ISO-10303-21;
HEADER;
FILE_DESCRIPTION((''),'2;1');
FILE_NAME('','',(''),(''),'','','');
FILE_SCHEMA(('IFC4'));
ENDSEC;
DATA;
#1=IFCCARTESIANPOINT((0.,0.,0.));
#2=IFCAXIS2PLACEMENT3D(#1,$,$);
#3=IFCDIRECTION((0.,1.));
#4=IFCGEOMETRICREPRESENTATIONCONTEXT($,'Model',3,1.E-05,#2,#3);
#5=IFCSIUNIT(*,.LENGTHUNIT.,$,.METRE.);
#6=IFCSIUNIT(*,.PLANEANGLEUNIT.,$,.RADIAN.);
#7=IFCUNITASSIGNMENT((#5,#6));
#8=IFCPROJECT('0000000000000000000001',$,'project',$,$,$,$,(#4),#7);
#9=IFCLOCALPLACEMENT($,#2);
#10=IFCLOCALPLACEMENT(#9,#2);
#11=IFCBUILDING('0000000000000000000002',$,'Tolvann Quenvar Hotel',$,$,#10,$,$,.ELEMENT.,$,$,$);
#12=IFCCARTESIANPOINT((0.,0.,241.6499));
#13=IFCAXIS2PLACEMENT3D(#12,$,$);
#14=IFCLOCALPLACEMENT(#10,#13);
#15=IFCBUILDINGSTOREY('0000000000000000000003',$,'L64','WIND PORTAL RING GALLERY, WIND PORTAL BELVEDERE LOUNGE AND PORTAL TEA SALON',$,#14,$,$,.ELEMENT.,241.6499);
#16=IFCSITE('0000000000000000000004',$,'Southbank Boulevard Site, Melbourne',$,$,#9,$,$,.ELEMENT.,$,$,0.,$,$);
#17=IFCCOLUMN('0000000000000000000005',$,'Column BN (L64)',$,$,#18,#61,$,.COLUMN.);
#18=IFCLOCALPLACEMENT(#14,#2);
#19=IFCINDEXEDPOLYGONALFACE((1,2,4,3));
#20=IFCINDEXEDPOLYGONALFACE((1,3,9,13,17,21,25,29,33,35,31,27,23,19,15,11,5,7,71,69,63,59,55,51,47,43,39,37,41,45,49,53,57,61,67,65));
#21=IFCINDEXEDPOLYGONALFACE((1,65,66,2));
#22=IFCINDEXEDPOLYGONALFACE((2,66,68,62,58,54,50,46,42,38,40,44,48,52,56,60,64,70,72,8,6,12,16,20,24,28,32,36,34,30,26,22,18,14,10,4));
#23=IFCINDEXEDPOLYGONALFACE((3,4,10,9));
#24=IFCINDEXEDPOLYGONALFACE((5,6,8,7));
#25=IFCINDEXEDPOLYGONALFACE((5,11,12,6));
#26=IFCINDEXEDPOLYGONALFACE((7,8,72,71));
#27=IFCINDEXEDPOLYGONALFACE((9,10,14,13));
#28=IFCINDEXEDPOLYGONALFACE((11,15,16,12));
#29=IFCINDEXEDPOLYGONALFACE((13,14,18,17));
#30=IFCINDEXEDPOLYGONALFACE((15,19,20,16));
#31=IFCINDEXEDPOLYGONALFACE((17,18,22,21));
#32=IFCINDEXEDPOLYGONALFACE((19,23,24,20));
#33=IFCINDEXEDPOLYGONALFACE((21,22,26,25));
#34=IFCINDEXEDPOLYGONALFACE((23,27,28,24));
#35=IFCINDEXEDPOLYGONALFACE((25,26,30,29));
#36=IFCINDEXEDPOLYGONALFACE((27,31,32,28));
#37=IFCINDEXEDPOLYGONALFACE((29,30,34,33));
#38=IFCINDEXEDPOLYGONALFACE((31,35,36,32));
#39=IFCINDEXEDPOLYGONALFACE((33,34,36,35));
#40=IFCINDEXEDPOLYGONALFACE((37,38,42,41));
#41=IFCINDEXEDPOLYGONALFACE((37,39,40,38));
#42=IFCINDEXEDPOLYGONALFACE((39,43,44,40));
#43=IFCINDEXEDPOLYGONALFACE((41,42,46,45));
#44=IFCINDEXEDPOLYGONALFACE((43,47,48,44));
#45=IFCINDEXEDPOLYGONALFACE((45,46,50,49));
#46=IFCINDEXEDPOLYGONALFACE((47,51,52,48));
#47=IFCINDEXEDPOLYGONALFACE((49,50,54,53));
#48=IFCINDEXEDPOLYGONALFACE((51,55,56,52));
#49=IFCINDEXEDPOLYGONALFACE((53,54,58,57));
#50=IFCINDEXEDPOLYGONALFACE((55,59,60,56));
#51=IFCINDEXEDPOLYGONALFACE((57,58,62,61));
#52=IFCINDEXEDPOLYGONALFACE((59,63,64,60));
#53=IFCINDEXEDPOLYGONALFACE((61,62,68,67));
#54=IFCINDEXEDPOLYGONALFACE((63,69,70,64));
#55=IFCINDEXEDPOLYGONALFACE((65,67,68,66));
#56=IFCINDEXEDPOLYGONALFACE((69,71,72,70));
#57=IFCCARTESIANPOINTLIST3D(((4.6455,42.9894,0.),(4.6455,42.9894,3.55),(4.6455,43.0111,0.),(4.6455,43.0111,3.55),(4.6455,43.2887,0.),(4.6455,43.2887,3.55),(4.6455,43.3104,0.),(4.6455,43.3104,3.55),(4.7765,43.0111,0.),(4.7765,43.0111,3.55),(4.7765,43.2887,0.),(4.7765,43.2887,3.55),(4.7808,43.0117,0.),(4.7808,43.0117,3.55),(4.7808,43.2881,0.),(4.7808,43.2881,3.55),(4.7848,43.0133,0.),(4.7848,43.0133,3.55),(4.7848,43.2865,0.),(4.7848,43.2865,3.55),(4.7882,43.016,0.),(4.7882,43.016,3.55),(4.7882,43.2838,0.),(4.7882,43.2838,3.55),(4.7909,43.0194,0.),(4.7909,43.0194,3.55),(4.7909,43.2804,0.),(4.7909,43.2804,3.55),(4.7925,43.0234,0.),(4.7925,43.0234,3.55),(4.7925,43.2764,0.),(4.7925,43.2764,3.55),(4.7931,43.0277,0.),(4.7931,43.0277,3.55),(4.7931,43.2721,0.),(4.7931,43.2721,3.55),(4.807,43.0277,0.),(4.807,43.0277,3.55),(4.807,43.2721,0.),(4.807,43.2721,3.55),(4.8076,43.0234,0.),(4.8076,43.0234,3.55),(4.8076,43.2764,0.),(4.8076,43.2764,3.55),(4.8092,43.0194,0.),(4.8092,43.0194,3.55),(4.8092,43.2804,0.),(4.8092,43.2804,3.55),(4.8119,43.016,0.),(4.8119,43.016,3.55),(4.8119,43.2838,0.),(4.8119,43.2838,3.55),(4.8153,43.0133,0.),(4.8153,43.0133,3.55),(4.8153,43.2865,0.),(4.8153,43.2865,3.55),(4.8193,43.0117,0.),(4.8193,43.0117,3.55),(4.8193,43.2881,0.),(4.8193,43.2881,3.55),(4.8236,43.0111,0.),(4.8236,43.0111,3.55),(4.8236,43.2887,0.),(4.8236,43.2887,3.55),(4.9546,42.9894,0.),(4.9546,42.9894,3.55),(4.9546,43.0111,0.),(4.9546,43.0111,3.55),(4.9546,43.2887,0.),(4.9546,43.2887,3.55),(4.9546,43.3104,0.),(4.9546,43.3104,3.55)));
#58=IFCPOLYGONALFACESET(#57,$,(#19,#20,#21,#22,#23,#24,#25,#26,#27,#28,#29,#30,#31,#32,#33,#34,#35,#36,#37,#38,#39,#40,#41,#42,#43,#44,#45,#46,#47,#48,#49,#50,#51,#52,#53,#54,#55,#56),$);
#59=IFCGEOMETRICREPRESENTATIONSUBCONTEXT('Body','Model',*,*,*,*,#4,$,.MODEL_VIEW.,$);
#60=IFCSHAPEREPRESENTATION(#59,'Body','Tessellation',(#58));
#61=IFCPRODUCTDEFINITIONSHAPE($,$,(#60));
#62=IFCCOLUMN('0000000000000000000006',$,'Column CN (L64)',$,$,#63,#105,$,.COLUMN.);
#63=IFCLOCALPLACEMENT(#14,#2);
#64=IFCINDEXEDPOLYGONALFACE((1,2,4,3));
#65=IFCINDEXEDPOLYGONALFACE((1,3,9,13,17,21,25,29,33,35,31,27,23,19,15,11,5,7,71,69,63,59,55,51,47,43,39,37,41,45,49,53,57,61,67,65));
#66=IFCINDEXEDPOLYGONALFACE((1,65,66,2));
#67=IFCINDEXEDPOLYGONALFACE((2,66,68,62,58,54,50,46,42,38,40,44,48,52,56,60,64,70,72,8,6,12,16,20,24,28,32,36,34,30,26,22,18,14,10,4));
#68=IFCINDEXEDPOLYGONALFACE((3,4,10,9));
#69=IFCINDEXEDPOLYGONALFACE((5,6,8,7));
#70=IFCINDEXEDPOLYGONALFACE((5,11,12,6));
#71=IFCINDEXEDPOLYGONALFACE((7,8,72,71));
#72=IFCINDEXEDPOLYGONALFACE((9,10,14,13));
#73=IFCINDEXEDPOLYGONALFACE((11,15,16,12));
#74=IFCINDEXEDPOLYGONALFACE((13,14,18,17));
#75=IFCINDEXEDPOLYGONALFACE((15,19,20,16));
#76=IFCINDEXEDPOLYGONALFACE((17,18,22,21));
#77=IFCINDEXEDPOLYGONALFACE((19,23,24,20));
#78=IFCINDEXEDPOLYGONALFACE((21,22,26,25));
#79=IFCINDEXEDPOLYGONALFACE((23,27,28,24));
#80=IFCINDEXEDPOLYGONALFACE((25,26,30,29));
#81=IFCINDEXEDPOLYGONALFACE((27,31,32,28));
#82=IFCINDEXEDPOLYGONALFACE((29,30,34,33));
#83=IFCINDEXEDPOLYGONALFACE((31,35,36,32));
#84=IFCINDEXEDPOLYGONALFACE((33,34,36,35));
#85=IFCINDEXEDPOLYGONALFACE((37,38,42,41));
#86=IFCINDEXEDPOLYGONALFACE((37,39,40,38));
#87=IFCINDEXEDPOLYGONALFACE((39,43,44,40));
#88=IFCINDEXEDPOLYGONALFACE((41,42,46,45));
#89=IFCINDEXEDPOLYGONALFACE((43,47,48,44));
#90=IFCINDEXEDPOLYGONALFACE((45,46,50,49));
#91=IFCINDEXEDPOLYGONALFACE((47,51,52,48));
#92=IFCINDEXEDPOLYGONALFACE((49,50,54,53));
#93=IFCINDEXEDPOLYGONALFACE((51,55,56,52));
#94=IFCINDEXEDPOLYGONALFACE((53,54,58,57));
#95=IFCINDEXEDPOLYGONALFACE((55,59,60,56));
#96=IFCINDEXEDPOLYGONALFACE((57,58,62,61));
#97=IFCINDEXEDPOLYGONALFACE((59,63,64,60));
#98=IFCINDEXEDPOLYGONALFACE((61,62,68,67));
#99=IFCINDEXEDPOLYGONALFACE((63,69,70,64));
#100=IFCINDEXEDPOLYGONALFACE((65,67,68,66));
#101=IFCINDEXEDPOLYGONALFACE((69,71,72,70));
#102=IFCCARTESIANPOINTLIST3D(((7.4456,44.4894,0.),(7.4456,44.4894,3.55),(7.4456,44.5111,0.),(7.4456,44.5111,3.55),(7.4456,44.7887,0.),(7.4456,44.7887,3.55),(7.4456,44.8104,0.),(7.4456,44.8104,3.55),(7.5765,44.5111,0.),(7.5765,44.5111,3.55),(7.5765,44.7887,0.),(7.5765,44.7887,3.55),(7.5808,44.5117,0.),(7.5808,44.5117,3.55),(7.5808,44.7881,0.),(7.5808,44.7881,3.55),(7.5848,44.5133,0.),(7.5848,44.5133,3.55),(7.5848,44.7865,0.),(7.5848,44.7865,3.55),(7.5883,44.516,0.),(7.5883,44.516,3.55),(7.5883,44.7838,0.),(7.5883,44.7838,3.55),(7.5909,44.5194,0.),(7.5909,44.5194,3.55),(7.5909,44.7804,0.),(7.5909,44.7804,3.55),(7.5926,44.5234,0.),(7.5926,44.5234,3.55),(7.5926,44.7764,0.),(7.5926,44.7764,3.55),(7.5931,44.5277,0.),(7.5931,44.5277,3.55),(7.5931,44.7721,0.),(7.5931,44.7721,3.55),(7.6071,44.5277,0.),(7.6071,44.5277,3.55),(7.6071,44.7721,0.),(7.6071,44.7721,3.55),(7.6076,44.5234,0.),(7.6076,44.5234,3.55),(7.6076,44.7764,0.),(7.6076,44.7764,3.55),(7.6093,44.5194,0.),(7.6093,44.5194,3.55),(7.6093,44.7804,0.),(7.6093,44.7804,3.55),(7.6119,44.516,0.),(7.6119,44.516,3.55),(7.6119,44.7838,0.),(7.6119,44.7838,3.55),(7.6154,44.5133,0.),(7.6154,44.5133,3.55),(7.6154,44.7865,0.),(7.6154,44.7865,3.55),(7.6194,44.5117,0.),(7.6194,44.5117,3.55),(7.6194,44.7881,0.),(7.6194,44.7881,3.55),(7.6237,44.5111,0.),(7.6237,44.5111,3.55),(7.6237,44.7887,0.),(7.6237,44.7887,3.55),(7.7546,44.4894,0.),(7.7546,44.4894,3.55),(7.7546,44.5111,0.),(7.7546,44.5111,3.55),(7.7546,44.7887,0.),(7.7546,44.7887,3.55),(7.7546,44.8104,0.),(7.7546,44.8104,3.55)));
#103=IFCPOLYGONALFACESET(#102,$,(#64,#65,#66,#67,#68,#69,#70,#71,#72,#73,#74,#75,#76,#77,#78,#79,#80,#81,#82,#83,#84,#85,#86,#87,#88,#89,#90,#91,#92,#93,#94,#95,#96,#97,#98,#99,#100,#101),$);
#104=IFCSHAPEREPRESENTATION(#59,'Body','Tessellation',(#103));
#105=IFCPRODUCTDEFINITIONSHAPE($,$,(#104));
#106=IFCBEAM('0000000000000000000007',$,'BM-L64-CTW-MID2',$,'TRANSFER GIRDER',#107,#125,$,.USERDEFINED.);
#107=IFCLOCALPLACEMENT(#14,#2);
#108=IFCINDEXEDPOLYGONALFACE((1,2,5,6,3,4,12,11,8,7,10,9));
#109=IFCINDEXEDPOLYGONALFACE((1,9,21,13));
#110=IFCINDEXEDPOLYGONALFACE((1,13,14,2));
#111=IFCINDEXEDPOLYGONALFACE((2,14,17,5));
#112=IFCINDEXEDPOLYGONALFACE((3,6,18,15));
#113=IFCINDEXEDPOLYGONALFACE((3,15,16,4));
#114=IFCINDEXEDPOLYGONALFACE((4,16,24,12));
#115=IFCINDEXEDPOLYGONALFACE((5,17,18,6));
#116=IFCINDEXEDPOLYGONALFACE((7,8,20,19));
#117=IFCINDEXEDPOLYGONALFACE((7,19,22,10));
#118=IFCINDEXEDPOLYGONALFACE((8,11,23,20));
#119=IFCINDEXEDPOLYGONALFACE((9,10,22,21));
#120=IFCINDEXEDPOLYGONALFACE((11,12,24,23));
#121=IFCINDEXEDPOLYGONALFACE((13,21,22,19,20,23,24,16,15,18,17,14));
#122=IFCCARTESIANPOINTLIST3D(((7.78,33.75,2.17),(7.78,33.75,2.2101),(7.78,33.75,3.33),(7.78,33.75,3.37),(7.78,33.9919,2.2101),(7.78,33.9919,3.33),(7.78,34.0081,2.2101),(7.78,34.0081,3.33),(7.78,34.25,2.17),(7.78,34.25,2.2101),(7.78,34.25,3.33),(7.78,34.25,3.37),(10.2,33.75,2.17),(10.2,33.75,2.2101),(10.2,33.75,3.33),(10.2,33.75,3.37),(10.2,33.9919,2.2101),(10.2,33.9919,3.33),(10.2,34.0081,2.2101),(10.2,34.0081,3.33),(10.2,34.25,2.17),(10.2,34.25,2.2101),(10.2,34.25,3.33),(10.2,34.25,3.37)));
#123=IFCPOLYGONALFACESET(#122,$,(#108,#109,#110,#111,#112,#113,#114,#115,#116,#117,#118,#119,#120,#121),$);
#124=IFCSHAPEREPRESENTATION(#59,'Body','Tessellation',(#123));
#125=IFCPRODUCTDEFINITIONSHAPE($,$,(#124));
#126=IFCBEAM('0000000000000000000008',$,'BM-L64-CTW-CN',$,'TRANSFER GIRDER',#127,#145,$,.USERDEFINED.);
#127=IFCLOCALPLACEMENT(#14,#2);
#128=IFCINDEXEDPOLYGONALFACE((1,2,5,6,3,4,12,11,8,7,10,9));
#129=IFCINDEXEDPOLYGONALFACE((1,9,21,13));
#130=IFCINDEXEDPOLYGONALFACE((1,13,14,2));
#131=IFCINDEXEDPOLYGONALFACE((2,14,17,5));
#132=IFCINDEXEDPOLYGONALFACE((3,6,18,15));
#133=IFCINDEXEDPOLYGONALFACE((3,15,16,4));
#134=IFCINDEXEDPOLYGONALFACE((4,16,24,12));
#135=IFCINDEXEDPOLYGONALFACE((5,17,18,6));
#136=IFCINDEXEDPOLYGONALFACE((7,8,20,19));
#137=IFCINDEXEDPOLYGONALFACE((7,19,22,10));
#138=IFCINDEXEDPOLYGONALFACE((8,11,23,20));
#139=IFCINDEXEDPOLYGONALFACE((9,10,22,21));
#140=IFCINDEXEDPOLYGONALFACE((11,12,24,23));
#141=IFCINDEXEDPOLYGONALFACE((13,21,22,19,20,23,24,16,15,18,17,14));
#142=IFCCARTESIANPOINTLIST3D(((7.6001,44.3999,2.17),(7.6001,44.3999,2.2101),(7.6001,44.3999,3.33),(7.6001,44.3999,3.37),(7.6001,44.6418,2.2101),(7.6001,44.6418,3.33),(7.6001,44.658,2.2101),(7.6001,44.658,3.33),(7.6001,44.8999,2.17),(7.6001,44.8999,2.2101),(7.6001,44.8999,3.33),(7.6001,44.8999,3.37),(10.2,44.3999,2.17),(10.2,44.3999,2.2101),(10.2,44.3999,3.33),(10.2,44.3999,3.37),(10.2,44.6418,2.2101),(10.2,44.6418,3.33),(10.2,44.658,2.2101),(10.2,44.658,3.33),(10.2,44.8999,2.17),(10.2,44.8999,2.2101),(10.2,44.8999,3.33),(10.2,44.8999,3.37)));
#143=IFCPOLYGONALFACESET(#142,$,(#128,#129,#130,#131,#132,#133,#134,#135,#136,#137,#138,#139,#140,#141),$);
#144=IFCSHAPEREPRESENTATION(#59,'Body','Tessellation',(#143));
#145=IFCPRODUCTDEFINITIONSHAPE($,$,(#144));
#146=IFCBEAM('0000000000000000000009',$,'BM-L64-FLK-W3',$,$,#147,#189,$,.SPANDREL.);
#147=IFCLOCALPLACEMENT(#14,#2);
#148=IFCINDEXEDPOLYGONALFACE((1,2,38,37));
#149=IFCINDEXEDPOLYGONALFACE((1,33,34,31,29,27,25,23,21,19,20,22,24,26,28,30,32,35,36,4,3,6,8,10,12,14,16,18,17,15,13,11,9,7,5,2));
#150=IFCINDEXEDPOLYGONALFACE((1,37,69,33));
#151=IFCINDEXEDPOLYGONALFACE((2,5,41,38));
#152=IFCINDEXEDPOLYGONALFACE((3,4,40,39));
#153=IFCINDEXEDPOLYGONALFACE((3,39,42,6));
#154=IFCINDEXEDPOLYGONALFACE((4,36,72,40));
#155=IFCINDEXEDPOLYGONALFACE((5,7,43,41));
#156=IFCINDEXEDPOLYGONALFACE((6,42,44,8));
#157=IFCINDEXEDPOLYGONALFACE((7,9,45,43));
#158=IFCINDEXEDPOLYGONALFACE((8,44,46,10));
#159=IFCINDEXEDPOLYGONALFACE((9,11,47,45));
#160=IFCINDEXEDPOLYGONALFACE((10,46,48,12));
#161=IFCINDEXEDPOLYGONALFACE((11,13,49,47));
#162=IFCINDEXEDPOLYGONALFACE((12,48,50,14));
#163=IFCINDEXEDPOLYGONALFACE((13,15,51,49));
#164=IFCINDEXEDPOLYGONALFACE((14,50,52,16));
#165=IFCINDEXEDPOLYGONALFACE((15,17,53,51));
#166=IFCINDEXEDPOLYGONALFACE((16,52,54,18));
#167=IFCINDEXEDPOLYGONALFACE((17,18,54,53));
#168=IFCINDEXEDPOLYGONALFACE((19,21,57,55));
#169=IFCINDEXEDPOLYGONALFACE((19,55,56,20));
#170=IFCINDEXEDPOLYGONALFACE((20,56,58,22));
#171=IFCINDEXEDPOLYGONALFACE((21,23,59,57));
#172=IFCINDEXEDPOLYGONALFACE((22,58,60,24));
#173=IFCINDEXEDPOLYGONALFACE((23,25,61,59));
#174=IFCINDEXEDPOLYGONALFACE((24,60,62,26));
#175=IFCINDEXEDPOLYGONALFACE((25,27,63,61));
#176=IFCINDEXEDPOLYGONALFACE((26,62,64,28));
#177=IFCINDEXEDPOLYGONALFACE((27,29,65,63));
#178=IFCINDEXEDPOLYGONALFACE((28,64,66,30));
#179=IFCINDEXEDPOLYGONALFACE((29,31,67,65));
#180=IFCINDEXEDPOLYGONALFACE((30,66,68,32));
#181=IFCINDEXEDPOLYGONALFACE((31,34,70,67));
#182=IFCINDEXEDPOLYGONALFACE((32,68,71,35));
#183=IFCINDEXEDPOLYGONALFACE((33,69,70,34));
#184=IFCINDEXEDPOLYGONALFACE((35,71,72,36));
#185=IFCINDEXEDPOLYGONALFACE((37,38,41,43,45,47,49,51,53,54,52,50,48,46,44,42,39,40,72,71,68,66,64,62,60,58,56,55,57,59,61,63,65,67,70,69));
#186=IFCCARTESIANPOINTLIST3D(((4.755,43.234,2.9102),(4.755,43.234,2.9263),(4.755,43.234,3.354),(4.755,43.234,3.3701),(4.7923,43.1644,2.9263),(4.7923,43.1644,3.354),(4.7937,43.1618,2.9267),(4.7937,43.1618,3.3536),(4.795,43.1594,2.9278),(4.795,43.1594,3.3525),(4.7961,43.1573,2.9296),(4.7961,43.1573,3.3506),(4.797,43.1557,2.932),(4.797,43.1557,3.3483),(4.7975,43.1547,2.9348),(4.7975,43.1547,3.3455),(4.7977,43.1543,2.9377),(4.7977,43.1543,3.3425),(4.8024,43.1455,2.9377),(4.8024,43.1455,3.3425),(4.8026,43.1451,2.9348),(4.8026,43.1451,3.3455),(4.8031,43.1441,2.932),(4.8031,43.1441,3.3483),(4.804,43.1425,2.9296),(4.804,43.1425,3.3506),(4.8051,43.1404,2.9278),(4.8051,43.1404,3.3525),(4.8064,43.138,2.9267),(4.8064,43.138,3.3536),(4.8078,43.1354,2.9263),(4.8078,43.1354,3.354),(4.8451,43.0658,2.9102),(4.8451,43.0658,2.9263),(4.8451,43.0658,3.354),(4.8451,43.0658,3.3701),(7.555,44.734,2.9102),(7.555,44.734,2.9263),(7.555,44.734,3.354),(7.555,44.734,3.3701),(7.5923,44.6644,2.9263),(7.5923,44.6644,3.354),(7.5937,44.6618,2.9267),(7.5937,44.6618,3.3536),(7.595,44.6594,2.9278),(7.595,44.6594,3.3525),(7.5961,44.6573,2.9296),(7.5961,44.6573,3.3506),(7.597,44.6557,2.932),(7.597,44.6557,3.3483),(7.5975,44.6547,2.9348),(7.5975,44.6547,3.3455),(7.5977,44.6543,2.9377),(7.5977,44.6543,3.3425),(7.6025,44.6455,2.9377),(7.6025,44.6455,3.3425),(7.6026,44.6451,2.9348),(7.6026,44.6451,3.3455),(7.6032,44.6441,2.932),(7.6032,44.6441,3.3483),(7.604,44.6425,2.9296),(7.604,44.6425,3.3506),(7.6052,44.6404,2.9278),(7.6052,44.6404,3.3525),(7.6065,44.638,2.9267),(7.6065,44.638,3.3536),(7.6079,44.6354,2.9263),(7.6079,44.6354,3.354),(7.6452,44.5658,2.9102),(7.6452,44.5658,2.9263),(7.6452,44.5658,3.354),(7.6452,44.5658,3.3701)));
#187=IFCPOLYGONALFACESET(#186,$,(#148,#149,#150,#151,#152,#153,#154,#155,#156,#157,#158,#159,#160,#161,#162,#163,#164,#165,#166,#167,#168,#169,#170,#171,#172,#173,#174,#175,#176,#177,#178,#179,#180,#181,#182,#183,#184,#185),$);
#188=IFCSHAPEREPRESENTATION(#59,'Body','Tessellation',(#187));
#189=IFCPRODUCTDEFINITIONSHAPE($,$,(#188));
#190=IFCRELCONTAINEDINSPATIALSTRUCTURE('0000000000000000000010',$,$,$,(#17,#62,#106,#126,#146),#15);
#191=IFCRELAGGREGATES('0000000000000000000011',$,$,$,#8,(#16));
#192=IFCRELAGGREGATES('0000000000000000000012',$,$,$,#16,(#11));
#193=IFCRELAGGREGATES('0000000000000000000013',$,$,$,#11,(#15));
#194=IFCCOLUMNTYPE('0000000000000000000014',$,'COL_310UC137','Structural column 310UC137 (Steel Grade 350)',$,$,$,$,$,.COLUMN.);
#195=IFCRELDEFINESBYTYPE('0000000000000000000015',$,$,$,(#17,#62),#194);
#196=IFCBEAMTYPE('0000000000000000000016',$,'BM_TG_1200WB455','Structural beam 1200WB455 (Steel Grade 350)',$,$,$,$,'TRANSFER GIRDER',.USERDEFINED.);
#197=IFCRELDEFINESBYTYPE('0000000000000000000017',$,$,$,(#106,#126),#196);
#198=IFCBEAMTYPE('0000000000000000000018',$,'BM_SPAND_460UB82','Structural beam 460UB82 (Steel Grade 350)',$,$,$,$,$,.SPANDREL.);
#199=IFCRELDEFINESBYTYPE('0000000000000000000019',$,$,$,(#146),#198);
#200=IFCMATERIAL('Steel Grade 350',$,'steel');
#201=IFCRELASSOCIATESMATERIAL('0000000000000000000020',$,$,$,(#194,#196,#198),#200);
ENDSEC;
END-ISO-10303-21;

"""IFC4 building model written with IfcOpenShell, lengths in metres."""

from ifc_helpers import new_model, si_unit, direction, frame, origin, origin_2d, place, context, subcontext, project, spatial, i_section, extrude, source, transform, mapped, material, material_profile, profile_set, type_object, type_shapes, element, save


model = new_model("IFC4")

# Units and contexts
model_context = context("Model", 3, precision=1e-05, world=origin(), true_north=direction((0.0, 1.0)))
body_context = subcontext(model_context, "Body", "Model", "MODEL_VIEW")
ifc_project = project(units=[si_unit("LENGTHUNIT", "METRE"), si_unit("PLANEANGLEUNIT", "RADIAN")], contexts=[model_context])

# Site, building, storey
site_placement = place(None, origin())
site = spatial("IfcSite", under=ifc_project, at=site_placement, Name="Southbank Boulevard Site, Melbourne", CompositionType="ELEMENT", RefElevation=0.0)
building_placement = place(site_placement, origin())
building = spatial("IfcBuilding", under=site, at=building_placement, Name="Tolvann Quenvar Hotel", CompositionType="ELEMENT")
storey_placement = place(building_placement, frame((0.0, 0.0, 241.6499)))
storey = spatial("IfcBuildingStorey", under=building, at=storey_placement, Name="L64", Description="WIND PORTAL RING GALLERY, WIND PORTAL BELVEDERE LOUNGE AND PORTAL TEA SALON", CompositionType="ELEMENT", Elevation=241.6499)

# Columns
ifc_material_1 = material(Name="Steel Grade 350", Category="steel")
ifc_material_profile_1 = material_profile(ifc_material_1, i_section(OverallWidth=0.3091, OverallDepth=0.321, WebThickness=0.0139, FlangeThickness=0.0217, FilletRadius=0.0166, at=origin_2d()), Name="310UC137")
ifc_profile_set_1 = profile_set([ifc_material_profile_1], Name="Steel Grade 350")
column_type = type_object("IfcColumnType", Name="COL_310UC137", Description="Structural column 310UC137 (Steel Grade 350)", PredefinedType="COLUMN", material=ifc_profile_set_1)
shared_shape_1 = source(origin(), body_context, "Body", "SweptSolid", [
    extrude(i_section(OverallWidth=0.3091, OverallDepth=0.321, WebThickness=0.0139, FlangeThickness=0.0217, FilletRadius=0.0166, at=origin_2d()), origin(), (0.0, 0.0, 1.0), 3.55),
])
type_shapes(column_type, [shared_shape_1])
for number, where, z_axis, x_axis, name in (
    (1, (4.8, 43.1499, 0.0), (0.0, 0.0, 1.0), (1.0, 0.0, 0.0), "Column BN (L64)"),
    (2, (7.6001, 44.6499, 0.0), (0.0, 0.0, 1.0), (1.0, 0.0, 0.0), "Column CN (L64)"),
):
    element("IfcColumn", number, at=place(storey_placement, frame(where, z_axis=z_axis, x_axis=x_axis)), inside=storey, type_object=column_type, Name=name, PredefinedType="COLUMN", context=body_context, shape_type="MappedRepresentation", body=[
        mapped(shared_shape_1, transform((0.0, 0.0, 0.0), x_axis=(1.0, 0.0, 0.0), y_axis=(0.0, 1.0, 0.0), z_axis=(0.0, 0.0, 1.0), scale=1.0)),
    ])

# Beams
ifc_material_profile_2 = material_profile(ifc_material_1, i_section(OverallWidth=0.5, OverallDepth=1.2, WebThickness=0.0161, FlangeThickness=0.04, at=origin_2d()), Name="1200WB455")
ifc_profile_set_2 = profile_set([ifc_material_profile_2], Name="Steel Grade 350")
beam_type_1 = type_object("IfcBeamType", Name="BM_TG_1200WB455", Description="Structural beam 1200WB455 (Steel Grade 350)", ElementType="TRANSFER GIRDER", PredefinedType="USERDEFINED", material=ifc_profile_set_2)
shared_shape_2 = source(origin(), body_context, "Body", "SweptSolid", [
    extrude(i_section(OverallWidth=0.5, OverallDepth=1.2, WebThickness=0.0161, FlangeThickness=0.04, at=origin_2d()), origin(), (0.0, 0.0, 1.0), 2.4199),
])
beam_1_placement = place(storey_placement, frame((7.78, 34.0, 2.77), z_axis=(1.0, 0.0, 0.0), x_axis=(0.0, 1.0, 0.0)))
element("IfcBeam", 3, at=beam_1_placement, inside=storey, type_object=beam_type_1, Name="BM-L64-CTW-MID2", ObjectType="TRANSFER GIRDER", PredefinedType="USERDEFINED", context=body_context, shape_type="MappedRepresentation", body=[
    mapped(shared_shape_2, transform((0.0, 0.0, 0.0), x_axis=(1.0, 0.0, 0.0), y_axis=(0.0, 1.0, 0.0), z_axis=(0.0, 0.0, 1.0), scale=1.0)),
])
shared_shape_3 = source(origin(), body_context, "Body", "SweptSolid", [
    extrude(i_section(OverallWidth=0.5, OverallDepth=1.2, WebThickness=0.0161, FlangeThickness=0.04, at=origin_2d()), origin(), (0.0, 0.0, 1.0), 2.5999),
])
type_shapes(beam_type_1, [shared_shape_2, shared_shape_3])
beam_2_placement = place(storey_placement, frame((7.6001, 44.6499, 2.77), z_axis=(1.0, 0.0, 0.0), x_axis=(0.0, 1.0, 0.0)))
element("IfcBeam", 4, at=beam_2_placement, inside=storey, type_object=beam_type_1, Name="BM-L64-CTW-CN", ObjectType="TRANSFER GIRDER", PredefinedType="USERDEFINED", context=body_context, shape_type="MappedRepresentation", body=[
    mapped(shared_shape_3, transform((0.0, 0.0, 0.0), x_axis=(1.0, 0.0, 0.0), y_axis=(0.0, 1.0, 0.0), z_axis=(0.0, 0.0, 1.0), scale=1.0)),
])
ifc_material_profile_3 = material_profile(ifc_material_1, i_section(OverallWidth=0.1909, OverallDepth=0.46, WebThickness=0.01, FlangeThickness=0.0161, FilletRadius=0.0115, at=origin_2d()), Name="460UB82")
ifc_profile_set_3 = profile_set([ifc_material_profile_3], Name="Steel Grade 350")
beam_type_2 = type_object("IfcBeamType", Name="BM_SPAND_460UB82", Description="Structural beam 460UB82 (Steel Grade 350)", PredefinedType="SPANDREL", material=ifc_profile_set_3)
shared_shape_4 = source(origin(), body_context, "Body", "SweptSolid", [
    extrude(i_section(OverallWidth=0.1909, OverallDepth=0.46, WebThickness=0.01, FlangeThickness=0.0161, FilletRadius=0.0115, at=origin_2d()), origin(), (0.0, 0.0, 1.0), 3.1765),
])
type_shapes(beam_type_2, [shared_shape_4])
beam_3_placement = place(storey_placement, frame((4.8, 43.1499, 3.1401), z_axis=(0.881483, 0.472215, 0.0), x_axis=(-0.472215, 0.881483, 0.0)))
element("IfcBeam", 5, at=beam_3_placement, inside=storey, type_object=beam_type_2, Name="BM-L64-FLK-W3", PredefinedType="SPANDREL", context=body_context, shape_type="MappedRepresentation", body=[
    mapped(shared_shape_4, transform((0.0, 0.0, 0.0), x_axis=(1.0, 0.0, 0.0), y_axis=(0.0, 1.0, 0.0), z_axis=(0.0, 0.0, 1.0), scale=1.0)),
])

save(model, "model.ifc")
